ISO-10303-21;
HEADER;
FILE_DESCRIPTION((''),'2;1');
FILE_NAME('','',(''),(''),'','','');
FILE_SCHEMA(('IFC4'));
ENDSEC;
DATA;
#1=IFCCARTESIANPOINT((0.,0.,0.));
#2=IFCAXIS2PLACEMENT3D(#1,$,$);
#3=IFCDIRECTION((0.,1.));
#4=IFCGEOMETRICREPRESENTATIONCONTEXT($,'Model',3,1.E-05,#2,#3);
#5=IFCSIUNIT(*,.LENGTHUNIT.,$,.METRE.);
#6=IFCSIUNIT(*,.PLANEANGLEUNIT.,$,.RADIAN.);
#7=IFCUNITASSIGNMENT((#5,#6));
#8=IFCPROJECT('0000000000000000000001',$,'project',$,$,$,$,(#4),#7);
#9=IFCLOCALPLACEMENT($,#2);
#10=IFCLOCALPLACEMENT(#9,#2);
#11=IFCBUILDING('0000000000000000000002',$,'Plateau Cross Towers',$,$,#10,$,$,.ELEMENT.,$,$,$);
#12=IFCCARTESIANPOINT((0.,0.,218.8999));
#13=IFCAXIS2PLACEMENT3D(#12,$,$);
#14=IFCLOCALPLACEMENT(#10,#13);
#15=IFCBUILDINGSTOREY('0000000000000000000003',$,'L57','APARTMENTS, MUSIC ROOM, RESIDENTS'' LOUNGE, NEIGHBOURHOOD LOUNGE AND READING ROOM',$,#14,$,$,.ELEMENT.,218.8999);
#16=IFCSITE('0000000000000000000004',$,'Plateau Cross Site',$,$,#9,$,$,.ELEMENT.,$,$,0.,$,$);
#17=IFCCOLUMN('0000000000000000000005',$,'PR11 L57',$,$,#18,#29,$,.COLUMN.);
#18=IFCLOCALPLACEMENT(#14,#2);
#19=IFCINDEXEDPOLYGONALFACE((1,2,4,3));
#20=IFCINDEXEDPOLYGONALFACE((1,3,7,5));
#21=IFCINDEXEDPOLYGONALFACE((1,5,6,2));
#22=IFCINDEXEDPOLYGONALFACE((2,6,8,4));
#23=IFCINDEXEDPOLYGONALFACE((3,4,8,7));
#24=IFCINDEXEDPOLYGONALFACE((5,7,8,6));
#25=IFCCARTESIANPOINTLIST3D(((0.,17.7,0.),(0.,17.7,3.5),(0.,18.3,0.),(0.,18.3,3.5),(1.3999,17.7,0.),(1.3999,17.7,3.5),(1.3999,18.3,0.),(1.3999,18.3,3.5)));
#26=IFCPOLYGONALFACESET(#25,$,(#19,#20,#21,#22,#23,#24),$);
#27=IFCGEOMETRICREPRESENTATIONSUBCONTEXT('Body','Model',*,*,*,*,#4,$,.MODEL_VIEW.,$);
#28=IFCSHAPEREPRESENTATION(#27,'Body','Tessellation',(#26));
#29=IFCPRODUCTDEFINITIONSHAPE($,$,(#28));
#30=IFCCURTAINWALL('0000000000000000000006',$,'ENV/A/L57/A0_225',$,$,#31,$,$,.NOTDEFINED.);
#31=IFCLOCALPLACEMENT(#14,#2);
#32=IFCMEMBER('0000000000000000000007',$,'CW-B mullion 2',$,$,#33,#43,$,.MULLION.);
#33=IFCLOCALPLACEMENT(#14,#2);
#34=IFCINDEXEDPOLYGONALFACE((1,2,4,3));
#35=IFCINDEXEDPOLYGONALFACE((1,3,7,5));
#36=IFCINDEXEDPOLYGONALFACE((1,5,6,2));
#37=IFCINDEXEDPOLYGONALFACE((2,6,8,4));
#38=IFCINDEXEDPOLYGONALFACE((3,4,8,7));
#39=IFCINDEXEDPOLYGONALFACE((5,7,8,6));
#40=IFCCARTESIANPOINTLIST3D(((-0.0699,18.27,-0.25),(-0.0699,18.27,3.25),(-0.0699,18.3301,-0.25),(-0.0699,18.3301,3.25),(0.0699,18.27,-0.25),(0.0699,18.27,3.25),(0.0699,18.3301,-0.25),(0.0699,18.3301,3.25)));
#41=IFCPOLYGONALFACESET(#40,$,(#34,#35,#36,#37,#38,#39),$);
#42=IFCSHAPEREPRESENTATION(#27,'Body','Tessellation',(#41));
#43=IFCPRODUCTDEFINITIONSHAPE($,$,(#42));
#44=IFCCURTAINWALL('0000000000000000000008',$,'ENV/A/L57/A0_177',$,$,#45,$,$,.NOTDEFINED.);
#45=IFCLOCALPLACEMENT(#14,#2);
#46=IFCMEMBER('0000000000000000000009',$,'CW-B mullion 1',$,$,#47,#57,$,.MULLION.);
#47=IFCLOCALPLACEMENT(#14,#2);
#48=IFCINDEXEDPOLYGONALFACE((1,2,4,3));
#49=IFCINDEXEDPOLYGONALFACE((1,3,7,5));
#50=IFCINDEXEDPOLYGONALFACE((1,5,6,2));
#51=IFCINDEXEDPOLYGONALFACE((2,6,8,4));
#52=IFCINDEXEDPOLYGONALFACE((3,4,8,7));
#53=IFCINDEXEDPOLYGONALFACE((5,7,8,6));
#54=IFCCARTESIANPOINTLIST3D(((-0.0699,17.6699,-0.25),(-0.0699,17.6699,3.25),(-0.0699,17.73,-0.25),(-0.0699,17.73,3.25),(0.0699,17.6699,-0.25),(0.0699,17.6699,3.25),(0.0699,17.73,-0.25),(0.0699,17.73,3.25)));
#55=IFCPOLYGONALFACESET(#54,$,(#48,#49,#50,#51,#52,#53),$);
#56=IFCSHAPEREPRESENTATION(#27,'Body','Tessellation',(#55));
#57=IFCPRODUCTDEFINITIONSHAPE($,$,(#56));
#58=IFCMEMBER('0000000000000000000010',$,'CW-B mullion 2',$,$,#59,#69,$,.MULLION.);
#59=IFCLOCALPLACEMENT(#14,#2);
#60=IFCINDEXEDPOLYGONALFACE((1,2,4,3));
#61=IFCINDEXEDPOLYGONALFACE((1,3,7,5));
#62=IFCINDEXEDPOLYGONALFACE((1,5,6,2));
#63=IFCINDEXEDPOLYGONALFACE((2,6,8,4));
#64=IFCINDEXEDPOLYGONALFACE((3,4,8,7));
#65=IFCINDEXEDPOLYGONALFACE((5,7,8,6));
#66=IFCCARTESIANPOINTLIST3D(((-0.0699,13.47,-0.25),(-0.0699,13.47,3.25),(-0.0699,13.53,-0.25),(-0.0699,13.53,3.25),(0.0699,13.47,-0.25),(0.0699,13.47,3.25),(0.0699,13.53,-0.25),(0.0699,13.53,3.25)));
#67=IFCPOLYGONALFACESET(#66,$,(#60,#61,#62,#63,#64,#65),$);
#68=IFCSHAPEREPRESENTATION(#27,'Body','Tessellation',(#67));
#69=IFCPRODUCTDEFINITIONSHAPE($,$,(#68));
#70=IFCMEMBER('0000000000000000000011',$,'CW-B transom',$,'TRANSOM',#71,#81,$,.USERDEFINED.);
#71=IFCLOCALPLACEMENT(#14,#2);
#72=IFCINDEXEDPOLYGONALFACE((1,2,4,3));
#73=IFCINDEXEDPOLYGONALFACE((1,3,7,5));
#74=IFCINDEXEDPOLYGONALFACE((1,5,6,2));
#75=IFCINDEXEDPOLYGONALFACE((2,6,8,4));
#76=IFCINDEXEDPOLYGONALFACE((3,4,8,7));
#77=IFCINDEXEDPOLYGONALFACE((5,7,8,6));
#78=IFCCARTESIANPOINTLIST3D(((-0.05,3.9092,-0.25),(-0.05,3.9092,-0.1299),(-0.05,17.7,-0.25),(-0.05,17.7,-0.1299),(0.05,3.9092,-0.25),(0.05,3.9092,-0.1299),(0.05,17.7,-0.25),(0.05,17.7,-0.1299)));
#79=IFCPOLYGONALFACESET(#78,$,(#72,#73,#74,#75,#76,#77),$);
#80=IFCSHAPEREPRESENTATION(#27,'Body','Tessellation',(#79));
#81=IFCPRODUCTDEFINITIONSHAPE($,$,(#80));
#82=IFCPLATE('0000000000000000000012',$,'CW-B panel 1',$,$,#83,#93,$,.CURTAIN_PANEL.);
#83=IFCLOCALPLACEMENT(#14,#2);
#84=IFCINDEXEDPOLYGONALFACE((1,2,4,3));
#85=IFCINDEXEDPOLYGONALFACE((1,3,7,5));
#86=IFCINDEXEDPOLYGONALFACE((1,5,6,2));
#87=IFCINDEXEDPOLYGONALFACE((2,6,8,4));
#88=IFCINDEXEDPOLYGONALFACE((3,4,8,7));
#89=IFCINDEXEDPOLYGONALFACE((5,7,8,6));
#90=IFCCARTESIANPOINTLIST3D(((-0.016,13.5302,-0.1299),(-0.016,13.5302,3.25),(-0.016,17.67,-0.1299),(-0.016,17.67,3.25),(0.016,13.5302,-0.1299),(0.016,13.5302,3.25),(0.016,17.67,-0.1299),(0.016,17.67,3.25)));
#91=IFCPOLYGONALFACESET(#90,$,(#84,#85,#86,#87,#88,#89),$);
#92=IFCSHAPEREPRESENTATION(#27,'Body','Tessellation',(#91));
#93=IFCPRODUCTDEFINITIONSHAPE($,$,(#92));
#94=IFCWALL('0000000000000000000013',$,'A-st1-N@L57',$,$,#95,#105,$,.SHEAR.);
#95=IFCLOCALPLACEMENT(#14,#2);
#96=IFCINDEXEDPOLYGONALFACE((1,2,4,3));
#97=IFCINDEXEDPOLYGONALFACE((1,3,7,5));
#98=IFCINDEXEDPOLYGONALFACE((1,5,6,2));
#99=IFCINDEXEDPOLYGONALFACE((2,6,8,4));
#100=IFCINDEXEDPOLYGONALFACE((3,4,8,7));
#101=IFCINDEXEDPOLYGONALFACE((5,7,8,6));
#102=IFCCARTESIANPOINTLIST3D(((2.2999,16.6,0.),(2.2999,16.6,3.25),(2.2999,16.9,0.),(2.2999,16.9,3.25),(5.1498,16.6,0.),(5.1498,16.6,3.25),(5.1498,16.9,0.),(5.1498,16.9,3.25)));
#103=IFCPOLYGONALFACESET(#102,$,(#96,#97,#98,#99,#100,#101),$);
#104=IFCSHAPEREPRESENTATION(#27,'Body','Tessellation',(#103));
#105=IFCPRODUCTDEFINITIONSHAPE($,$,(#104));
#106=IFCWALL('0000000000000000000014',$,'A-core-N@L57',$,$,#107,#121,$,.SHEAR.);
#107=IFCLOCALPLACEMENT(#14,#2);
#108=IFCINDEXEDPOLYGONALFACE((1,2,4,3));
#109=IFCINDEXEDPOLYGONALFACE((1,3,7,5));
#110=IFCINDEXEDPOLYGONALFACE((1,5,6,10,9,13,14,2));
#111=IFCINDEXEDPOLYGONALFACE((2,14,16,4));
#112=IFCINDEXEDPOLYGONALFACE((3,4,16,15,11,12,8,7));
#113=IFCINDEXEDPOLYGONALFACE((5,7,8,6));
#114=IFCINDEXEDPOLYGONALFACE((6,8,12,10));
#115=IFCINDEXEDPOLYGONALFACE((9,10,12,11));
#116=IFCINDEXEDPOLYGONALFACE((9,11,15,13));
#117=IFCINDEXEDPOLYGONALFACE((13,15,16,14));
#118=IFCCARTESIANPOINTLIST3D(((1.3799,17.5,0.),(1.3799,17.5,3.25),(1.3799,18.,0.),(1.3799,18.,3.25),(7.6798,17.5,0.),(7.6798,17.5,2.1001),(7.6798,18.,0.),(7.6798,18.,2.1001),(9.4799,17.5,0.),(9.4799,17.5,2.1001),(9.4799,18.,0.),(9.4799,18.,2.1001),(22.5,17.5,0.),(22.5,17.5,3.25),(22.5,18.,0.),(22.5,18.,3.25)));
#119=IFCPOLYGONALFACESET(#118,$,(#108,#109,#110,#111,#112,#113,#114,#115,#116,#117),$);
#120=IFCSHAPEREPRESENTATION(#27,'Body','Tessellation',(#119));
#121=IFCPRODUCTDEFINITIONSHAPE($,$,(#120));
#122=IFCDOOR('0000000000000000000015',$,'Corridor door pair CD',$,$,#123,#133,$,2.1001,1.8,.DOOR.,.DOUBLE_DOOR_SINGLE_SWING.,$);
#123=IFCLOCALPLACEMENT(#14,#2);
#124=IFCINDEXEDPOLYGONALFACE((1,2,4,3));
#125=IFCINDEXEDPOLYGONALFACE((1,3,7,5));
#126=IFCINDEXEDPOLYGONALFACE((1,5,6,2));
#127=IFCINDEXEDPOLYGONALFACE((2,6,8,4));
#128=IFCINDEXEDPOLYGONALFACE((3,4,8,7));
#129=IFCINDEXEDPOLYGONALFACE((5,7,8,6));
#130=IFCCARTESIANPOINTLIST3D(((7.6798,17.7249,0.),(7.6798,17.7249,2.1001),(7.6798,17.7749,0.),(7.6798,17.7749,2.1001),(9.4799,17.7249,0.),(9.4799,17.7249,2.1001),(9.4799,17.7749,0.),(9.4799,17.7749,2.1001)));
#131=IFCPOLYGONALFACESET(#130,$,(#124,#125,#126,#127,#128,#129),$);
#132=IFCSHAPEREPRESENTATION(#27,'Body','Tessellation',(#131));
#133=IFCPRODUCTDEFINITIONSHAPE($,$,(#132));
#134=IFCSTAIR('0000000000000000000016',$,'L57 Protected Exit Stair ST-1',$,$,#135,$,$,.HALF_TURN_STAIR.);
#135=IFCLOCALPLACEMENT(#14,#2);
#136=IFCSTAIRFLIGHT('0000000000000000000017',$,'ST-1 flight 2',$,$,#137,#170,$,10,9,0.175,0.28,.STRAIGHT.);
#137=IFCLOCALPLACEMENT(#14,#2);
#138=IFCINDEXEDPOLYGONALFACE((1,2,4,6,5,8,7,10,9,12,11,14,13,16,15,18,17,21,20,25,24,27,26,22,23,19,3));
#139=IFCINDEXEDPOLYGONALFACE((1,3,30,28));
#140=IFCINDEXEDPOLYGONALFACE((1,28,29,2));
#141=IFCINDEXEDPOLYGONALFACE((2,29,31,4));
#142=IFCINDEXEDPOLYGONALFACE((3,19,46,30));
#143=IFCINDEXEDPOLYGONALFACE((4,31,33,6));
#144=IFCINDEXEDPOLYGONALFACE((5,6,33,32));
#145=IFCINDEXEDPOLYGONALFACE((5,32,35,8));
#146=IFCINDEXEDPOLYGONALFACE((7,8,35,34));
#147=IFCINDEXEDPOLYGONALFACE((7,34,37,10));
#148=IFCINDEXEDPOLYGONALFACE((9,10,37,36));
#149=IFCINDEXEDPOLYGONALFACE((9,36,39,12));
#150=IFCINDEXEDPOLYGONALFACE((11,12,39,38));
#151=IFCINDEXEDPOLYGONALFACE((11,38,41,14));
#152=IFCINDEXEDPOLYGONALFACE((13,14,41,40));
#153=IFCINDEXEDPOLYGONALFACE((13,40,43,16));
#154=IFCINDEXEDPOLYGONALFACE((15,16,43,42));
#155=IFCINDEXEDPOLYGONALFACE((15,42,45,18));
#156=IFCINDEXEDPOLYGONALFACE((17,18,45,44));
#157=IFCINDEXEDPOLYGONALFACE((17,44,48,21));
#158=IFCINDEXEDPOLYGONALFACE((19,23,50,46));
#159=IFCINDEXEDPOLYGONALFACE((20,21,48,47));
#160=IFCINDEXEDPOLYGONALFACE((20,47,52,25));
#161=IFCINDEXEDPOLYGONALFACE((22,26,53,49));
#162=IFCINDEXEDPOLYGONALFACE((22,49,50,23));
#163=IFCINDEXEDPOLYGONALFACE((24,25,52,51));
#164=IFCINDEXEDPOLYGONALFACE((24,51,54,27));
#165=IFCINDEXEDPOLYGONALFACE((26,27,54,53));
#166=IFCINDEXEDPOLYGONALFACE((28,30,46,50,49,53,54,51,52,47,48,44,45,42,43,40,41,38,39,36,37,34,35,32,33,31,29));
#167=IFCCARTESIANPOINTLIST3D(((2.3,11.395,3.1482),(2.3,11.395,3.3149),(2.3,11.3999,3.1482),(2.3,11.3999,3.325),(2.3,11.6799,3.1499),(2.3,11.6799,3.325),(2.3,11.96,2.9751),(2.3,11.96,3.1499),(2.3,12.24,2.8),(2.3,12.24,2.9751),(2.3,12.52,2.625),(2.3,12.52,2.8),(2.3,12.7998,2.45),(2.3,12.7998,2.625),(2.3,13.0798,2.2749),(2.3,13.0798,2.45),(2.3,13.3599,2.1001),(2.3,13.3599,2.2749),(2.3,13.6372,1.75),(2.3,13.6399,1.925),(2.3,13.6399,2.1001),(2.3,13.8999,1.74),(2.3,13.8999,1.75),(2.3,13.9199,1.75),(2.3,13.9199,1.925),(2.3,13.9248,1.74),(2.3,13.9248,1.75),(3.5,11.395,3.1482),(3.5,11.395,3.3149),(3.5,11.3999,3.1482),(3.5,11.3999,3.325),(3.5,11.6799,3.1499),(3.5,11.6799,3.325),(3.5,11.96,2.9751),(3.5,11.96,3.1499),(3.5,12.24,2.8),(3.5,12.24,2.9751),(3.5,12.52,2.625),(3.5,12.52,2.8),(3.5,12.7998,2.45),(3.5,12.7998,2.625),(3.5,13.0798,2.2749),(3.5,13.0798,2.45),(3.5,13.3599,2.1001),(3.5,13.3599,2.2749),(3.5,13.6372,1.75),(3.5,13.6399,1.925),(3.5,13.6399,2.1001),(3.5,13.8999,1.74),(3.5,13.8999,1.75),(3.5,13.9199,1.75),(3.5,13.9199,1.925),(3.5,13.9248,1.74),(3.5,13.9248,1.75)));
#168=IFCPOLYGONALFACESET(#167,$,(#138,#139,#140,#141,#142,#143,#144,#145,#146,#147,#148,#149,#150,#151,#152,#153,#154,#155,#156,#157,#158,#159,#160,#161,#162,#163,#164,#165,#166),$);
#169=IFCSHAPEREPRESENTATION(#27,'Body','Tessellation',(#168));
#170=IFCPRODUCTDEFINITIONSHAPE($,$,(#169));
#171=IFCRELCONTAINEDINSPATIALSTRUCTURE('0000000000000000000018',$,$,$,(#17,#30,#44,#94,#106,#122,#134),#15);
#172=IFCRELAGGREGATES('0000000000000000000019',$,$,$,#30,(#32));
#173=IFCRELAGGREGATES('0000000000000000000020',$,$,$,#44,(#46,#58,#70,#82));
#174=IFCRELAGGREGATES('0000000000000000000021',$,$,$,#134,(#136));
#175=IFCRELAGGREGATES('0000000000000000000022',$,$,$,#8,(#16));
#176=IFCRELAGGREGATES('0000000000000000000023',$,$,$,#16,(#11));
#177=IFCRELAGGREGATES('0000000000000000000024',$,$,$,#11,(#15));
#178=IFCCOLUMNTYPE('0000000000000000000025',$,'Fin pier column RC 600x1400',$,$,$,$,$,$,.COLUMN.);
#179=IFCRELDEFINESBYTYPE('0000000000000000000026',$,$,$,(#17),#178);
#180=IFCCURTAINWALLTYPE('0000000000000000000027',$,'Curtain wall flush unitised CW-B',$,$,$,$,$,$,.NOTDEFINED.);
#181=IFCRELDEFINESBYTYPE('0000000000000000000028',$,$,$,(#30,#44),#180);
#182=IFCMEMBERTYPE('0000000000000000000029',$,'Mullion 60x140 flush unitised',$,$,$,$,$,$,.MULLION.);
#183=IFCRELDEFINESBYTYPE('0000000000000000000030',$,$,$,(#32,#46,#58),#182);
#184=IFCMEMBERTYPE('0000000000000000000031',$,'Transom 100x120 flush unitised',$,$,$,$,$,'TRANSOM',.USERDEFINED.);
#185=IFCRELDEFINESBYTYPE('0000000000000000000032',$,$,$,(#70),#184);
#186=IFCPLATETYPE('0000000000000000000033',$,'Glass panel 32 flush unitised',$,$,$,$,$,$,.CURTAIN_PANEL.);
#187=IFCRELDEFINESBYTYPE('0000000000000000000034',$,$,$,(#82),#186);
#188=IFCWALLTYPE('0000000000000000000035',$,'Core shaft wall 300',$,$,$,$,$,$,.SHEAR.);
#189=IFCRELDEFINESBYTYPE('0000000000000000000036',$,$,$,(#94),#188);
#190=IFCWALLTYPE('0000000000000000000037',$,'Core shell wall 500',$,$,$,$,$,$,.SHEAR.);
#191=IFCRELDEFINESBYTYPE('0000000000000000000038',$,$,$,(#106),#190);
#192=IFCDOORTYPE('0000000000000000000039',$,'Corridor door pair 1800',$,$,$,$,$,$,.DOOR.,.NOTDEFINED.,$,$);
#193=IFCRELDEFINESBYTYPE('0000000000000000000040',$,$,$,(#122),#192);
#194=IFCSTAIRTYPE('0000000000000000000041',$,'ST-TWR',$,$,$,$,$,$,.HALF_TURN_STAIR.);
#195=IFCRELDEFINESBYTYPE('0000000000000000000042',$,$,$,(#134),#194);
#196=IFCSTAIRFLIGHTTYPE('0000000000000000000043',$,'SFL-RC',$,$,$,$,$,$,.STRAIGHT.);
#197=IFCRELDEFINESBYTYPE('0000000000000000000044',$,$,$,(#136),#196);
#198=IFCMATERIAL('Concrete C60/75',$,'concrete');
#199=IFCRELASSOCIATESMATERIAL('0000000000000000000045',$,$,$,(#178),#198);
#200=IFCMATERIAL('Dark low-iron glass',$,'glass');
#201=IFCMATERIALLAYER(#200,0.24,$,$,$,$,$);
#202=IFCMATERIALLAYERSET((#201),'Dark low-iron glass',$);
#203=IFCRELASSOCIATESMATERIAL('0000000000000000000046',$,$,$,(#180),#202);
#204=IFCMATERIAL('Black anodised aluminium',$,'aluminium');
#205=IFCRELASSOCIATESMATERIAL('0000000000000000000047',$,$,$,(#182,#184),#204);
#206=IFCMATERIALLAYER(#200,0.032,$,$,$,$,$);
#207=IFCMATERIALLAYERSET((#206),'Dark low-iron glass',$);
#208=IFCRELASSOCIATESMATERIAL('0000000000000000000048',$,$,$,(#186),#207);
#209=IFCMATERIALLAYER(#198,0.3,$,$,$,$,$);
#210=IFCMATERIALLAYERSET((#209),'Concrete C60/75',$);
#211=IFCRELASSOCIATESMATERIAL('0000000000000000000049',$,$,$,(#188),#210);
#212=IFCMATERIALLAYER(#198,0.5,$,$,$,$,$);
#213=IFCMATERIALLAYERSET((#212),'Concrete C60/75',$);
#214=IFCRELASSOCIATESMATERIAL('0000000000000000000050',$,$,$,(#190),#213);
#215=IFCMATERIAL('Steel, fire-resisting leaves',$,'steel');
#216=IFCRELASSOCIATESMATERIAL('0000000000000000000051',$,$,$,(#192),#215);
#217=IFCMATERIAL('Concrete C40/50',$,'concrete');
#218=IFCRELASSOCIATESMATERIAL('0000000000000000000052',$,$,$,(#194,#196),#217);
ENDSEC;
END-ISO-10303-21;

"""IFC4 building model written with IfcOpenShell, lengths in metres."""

from ifc_helpers import new_model, si_unit, direction, frame, frame_2d, origin, origin_2d, place, context, subcontext, project, spatial, polyline, rectangle, outline, extrude, material, layer, layer_set, material_profile, profile_set, type_object, element, fill, aggregate, save


model = new_model("IFC4")

# Units and contexts
model_context = context("Model", 3, precision=1e-05, world=origin(), true_north=direction((0.0, 1.0)))
body_context = subcontext(model_context, "Body", "Model", "MODEL_VIEW")
ifc_project = project(units=[si_unit("LENGTHUNIT", "METRE"), si_unit("PLANEANGLEUNIT", "RADIAN")], contexts=[model_context])

# Site, building, storey
site_placement = place(None, origin())
site = spatial("IfcSite", under=ifc_project, at=site_placement, Name="Plateau Cross Site", CompositionType="ELEMENT", RefElevation=0.0)
building_placement = place(site_placement, origin())
building = spatial("IfcBuilding", under=site, at=building_placement, Name="Plateau Cross Towers", CompositionType="ELEMENT")
storey_placement = place(building_placement, frame((0.0, 0.0, 218.8999)))
storey = spatial("IfcBuildingStorey", under=building, at=storey_placement, Name="L57", Description="APARTMENTS, MUSIC ROOM, RESIDENTS' LOUNGE, NEIGHBOURHOOD LOUNGE AND READING ROOM", CompositionType="ELEMENT", Elevation=218.8999)

# Column
ifc_material_1 = material(Name="Concrete C60/75", Category="concrete")
ifc_material_profile_1 = material_profile(ifc_material_1, rectangle(XDim=0.6001, YDim=1.3999, at=origin_2d()), Name="RC 600x1400")
ifc_profile_set_1 = profile_set([ifc_material_profile_1], Name="Concrete C60/75")
column_type = type_object("IfcColumnType", Name="Fin pier column RC 600x1400", PredefinedType="COLUMN", material=ifc_profile_set_1)
column_placement = place(storey_placement, frame((0.7, 18.0, 0.0), z_axis=(0.0, 0.0, 1.0), x_axis=(0.0, 1.0, 0.0)))
element("IfcColumn", 1, at=column_placement, inside=storey, type_object=column_type, Name="PR11 L57", PredefinedType="COLUMN", context=body_context, shape_type="SweptSolid", body=[
    extrude(rectangle(XDim=0.6001, YDim=1.3999, at=origin_2d()), origin(), (0.0, 0.0, 1.0), 3.5),
])

# Curtain wall, member
ifc_material_2 = material(Name="Dark low-iron glass", Category="glass")
ifc_layer_1 = layer(ifc_material_2, 0.24)
ifc_layer_set_1 = layer_set([ifc_layer_1], Name="Dark low-iron glass")
curtain_wall_type = type_object("IfcCurtainWallType", Name="Curtain wall flush unitised CW-B", PredefinedType="NOTDEFINED", material=ifc_layer_set_1)
curtain_wall_1_placement = place(storey_placement, origin())
curtain_wall_1 = element("IfcCurtainWall", 2, at=curtain_wall_1_placement, inside=storey, type_object=curtain_wall_type, Name="ENV/A/L57/A0_225", PredefinedType="NOTDEFINED")
ifc_material_3 = material(Name="Black anodised aluminium", Category="aluminium")
ifc_material_profile_2 = material_profile(ifc_material_3, rectangle(XDim=0.0601, YDim=0.1399, at=origin_2d()), Name="MULLION 60x140")
ifc_profile_set_2 = profile_set([ifc_material_profile_2], Name="Black anodised aluminium")
member_type_1 = type_object("IfcMemberType", Name="Mullion 60x140 flush unitised", PredefinedType="MULLION", material=ifc_profile_set_2)
member_1_placement = place(storey_placement, frame((0.0, 18.3, -0.25), z_axis=(0.0, 0.0, 1.0), x_axis=(0.0, -1.0, 0.0)))
member_1 = element("IfcMember", 3, at=member_1_placement, type_object=member_type_1, Name="CW-B mullion 2", PredefinedType="MULLION", context=body_context, shape_type="SweptSolid", body=[
    extrude(rectangle(XDim=0.0601, YDim=0.1399, at=origin_2d()), origin(), (0.0, 0.0, 1.0), 3.5),
])
aggregate(curtain_wall_1, [member_1])

# Curtain wall, members, plate
curtain_wall_2_placement = place(storey_placement, origin())
curtain_wall_2 = element("IfcCurtainWall", 4, at=curtain_wall_2_placement, inside=storey, type_object=curtain_wall_type, Name="ENV/A/L57/A0_177", PredefinedType="NOTDEFINED")
member_2_placement = place(storey_placement, frame((0.0, 17.7, -0.25), z_axis=(0.0, 0.0, 1.0), x_axis=(0.0, -1.0, 0.0)))
member_2 = element("IfcMember", 5, at=member_2_placement, type_object=member_type_1, Name="CW-B mullion 1", PredefinedType="MULLION", context=body_context, shape_type="SweptSolid", body=[
    extrude(rectangle(XDim=0.0601, YDim=0.1399, at=origin_2d()), origin(), (0.0, 0.0, 1.0), 3.5),
])
member_3_placement = place(storey_placement, frame((0.0, 13.5, -0.25), z_axis=(0.0, 0.0, 1.0), x_axis=(0.0, -1.0, 0.0)))
member_3 = element("IfcMember", 6, at=member_3_placement, type_object=member_type_1, Name="CW-B mullion 2", PredefinedType="MULLION", context=body_context, shape_type="SweptSolid", body=[
    extrude(rectangle(XDim=0.0601, YDim=0.1399, at=origin_2d()), origin(), (0.0, 0.0, 1.0), 3.5),
])
ifc_material_profile_3 = material_profile(ifc_material_3, rectangle(XDim=0.1001, YDim=0.1201, at=origin_2d()), Name="TRANSOM 100x120")
ifc_profile_set_3 = profile_set([ifc_material_profile_3], Name="Black anodised aluminium")
member_type_2 = type_object("IfcMemberType", Name="Transom 100x120 flush unitised", ElementType="TRANSOM", PredefinedType="USERDEFINED", material=ifc_profile_set_3)
member_4_placement = place(storey_placement, frame((0.0, 17.7, -0.1899), z_axis=(0.0, -1.0, 0.0), x_axis=(1.0, 0.0, 0.0)))
member_4 = element("IfcMember", 7, at=member_4_placement, type_object=member_type_2, Name="CW-B transom", ObjectType="TRANSOM", PredefinedType="USERDEFINED", context=body_context, shape_type="SweptSolid", body=[
    extrude(rectangle(XDim=0.1001, YDim=0.1201, at=origin_2d()), origin(), (0.0, 0.0, 1.0), 13.7908),
])
ifc_layer_2 = layer(ifc_material_2, 0.032)
ifc_layer_set_2 = layer_set([ifc_layer_2], Name="Dark low-iron glass")
plate_type = type_object("IfcPlateType", Name="Glass panel 32 flush unitised", PredefinedType="CURTAIN_PANEL", material=ifc_layer_set_2)
plate_placement = place(storey_placement, frame((0.0, 15.6001, -0.1299), z_axis=(0.0, 0.0, 1.0), x_axis=(0.0, -1.0, 0.0)))
plate = element("IfcPlate", 8, at=plate_placement, type_object=plate_type, Name="CW-B panel 1", PredefinedType="CURTAIN_PANEL", context=body_context, shape_type="SweptSolid", body=[
    extrude(rectangle(XDim=4.1399, YDim=0.032, at=origin_2d()), origin(), (0.0, 0.0, 1.0), 3.3799),
])
aggregate(curtain_wall_2, [member_2, member_3, member_4, plate])

# Wall
ifc_layer_3 = layer(ifc_material_1, 0.3)
ifc_layer_set_3 = layer_set([ifc_layer_3], Name="Concrete C60/75")
wall_type_1 = type_object("IfcWallType", Name="Core shaft wall 300", PredefinedType="SHEAR", material=ifc_layer_set_3)
wall_1_placement = place(storey_placement, frame((2.3, 16.75, 0.0), z_axis=(0.0, 0.0, 1.0), x_axis=(1.0, 0.0, 0.0)))
element("IfcWall", 9, at=wall_1_placement, inside=storey, type_object=wall_type_1, Name="A-st1-N@L57", PredefinedType="SHEAR", context=body_context, shape_type="SweptSolid", body=[
    extrude(rectangle(XDim=2.8499, YDim=0.3, at=frame_2d((1.4248, 0.0))), origin(), (0.0, 0.0, 1.0), 3.25),
])

# Wall, opening, door
ifc_layer_4 = layer(ifc_material_1, 0.5)
ifc_layer_set_4 = layer_set([ifc_layer_4], Name="Concrete C60/75")
wall_type_2 = type_object("IfcWallType", Name="Core shell wall 500", PredefinedType="SHEAR", material=ifc_layer_set_4)
wall_2_placement = place(storey_placement, frame((1.3799, 17.75, 0.0), z_axis=(0.0, 0.0, 1.0), x_axis=(1.0, 0.0, 0.0)))
wall_2 = element("IfcWall", 10, at=wall_2_placement, inside=storey, type_object=wall_type_2, Name="A-core-N@L57", PredefinedType="SHEAR", context=body_context, shape_type="SweptSolid", body=[
    extrude(rectangle(XDim=21.1201, YDim=0.5, at=frame_2d((10.5601, 0.0))), origin(), (0.0, 0.0, 1.0), 3.25),
])
opening_placement = place(wall_2_placement, frame((6.3, 0.0, 0.0)))
opening = element("IfcOpeningElement", 11, at=opening_placement, cuts=wall_2, PredefinedType="OPENING", context=body_context, shape_type="SweptSolid", body=[
    extrude(rectangle(XDim=1.8, YDim=2.1001, at=frame_2d((0.8999, 1.05))), frame((0.0, 0.26, 0.0), z_axis=(0.0, -1.0, 0.0), x_axis=(1.0, 0.0, 0.0)), (0.0, 0.0, 1.0), 0.52),
])
ifc_material_4 = material(Name="Steel, fire-resisting leaves", Category="steel")
door_type = type_object("IfcDoorType", Name="Corridor door pair 1800", OperationType="NOTDEFINED", PredefinedType="DOOR", material=ifc_material_4)
door_placement = place(opening_placement, origin())
door = element("IfcDoor", 12, at=door_placement, inside=storey, type_object=door_type, Name="Corridor door pair CD", OperationType="DOUBLE_DOOR_SINGLE_SWING", OverallHeight=2.1001, OverallWidth=1.8, PredefinedType="DOOR", context=body_context, shape_type="SweptSolid", body=[
    extrude(rectangle(XDim=1.8, YDim=2.1001, at=frame_2d((0.8999, 1.05))), frame((0.0, 0.0249, 0.0), z_axis=(0.0, -1.0, 0.0), x_axis=(1.0, 0.0, 0.0)), (0.0, 0.0, 1.0), 0.05),
])
fill(opening, door)

# Stair, stair flight
ifc_material_5 = material(Name="Concrete C40/50", Category="concrete")
stair_type = type_object("IfcStairType", Name="ST-TWR", PredefinedType="HALF_TURN_STAIR", material=ifc_material_5)
stair_placement = place(storey_placement, origin())
stair = element("IfcStair", 13, at=stair_placement, inside=storey, type_object=stair_type, Name="L57 Protected Exit Stair ST-1", PredefinedType="HALF_TURN_STAIR")
stair_flight_type = type_object("IfcStairFlightType", Name="SFL-RC", PredefinedType="STRAIGHT", material=ifc_material_5)
stair_flight_placement = place(storey_placement, frame((2.8999, 13.9199, 1.75), z_axis=(0.0, 0.0, 1.0), x_axis=(0.0, -1.0, 0.0)))
stair_flight = element("IfcStairFlight", 14, at=stair_flight_placement, type_object=stair_flight_type, Name="ST-1 flight 2", NumberOfRisers=10, NumberOfTreads=9, PredefinedType="STRAIGHT", RiserHeight=0.175, TreadLength=0.28, context=body_context, shape_type="SweptSolid", body=[
    extrude(outline(polyline([(-0.0049, -0.01), (-0.0049, 0.0), (0.0, 0.0), (0.0, 0.175), (0.28, 0.175), (0.28, 0.3501), (0.5601, 0.3501), (0.5601, 0.5249), (0.8401, 0.5249), (0.8401, 0.7), (1.1201, 0.7), (1.1201, 0.875), (1.3999, 0.875), (1.3999, 1.05), (1.6799, 1.05), (1.6799, 1.2251), (1.96, 1.2251), (1.96, 1.3999), (2.24, 1.3999), (2.24, 1.575), (2.52, 1.575), (2.5249, 1.5649), (2.5249, 1.3982), (2.52, 1.3982), (0.2827, 0.0), (0.02, 0.0), (0.02, -0.01), (-0.0049, -0.01)])), frame((0.0, 0.6001, 0.0), z_axis=(0.0, -1.0, 0.0), x_axis=(1.0, 0.0, 0.0)), (0.0, 0.0, 1.0), 1.2),
])
aggregate(stair, [stair_flight])

save(model, "model.ifc")
